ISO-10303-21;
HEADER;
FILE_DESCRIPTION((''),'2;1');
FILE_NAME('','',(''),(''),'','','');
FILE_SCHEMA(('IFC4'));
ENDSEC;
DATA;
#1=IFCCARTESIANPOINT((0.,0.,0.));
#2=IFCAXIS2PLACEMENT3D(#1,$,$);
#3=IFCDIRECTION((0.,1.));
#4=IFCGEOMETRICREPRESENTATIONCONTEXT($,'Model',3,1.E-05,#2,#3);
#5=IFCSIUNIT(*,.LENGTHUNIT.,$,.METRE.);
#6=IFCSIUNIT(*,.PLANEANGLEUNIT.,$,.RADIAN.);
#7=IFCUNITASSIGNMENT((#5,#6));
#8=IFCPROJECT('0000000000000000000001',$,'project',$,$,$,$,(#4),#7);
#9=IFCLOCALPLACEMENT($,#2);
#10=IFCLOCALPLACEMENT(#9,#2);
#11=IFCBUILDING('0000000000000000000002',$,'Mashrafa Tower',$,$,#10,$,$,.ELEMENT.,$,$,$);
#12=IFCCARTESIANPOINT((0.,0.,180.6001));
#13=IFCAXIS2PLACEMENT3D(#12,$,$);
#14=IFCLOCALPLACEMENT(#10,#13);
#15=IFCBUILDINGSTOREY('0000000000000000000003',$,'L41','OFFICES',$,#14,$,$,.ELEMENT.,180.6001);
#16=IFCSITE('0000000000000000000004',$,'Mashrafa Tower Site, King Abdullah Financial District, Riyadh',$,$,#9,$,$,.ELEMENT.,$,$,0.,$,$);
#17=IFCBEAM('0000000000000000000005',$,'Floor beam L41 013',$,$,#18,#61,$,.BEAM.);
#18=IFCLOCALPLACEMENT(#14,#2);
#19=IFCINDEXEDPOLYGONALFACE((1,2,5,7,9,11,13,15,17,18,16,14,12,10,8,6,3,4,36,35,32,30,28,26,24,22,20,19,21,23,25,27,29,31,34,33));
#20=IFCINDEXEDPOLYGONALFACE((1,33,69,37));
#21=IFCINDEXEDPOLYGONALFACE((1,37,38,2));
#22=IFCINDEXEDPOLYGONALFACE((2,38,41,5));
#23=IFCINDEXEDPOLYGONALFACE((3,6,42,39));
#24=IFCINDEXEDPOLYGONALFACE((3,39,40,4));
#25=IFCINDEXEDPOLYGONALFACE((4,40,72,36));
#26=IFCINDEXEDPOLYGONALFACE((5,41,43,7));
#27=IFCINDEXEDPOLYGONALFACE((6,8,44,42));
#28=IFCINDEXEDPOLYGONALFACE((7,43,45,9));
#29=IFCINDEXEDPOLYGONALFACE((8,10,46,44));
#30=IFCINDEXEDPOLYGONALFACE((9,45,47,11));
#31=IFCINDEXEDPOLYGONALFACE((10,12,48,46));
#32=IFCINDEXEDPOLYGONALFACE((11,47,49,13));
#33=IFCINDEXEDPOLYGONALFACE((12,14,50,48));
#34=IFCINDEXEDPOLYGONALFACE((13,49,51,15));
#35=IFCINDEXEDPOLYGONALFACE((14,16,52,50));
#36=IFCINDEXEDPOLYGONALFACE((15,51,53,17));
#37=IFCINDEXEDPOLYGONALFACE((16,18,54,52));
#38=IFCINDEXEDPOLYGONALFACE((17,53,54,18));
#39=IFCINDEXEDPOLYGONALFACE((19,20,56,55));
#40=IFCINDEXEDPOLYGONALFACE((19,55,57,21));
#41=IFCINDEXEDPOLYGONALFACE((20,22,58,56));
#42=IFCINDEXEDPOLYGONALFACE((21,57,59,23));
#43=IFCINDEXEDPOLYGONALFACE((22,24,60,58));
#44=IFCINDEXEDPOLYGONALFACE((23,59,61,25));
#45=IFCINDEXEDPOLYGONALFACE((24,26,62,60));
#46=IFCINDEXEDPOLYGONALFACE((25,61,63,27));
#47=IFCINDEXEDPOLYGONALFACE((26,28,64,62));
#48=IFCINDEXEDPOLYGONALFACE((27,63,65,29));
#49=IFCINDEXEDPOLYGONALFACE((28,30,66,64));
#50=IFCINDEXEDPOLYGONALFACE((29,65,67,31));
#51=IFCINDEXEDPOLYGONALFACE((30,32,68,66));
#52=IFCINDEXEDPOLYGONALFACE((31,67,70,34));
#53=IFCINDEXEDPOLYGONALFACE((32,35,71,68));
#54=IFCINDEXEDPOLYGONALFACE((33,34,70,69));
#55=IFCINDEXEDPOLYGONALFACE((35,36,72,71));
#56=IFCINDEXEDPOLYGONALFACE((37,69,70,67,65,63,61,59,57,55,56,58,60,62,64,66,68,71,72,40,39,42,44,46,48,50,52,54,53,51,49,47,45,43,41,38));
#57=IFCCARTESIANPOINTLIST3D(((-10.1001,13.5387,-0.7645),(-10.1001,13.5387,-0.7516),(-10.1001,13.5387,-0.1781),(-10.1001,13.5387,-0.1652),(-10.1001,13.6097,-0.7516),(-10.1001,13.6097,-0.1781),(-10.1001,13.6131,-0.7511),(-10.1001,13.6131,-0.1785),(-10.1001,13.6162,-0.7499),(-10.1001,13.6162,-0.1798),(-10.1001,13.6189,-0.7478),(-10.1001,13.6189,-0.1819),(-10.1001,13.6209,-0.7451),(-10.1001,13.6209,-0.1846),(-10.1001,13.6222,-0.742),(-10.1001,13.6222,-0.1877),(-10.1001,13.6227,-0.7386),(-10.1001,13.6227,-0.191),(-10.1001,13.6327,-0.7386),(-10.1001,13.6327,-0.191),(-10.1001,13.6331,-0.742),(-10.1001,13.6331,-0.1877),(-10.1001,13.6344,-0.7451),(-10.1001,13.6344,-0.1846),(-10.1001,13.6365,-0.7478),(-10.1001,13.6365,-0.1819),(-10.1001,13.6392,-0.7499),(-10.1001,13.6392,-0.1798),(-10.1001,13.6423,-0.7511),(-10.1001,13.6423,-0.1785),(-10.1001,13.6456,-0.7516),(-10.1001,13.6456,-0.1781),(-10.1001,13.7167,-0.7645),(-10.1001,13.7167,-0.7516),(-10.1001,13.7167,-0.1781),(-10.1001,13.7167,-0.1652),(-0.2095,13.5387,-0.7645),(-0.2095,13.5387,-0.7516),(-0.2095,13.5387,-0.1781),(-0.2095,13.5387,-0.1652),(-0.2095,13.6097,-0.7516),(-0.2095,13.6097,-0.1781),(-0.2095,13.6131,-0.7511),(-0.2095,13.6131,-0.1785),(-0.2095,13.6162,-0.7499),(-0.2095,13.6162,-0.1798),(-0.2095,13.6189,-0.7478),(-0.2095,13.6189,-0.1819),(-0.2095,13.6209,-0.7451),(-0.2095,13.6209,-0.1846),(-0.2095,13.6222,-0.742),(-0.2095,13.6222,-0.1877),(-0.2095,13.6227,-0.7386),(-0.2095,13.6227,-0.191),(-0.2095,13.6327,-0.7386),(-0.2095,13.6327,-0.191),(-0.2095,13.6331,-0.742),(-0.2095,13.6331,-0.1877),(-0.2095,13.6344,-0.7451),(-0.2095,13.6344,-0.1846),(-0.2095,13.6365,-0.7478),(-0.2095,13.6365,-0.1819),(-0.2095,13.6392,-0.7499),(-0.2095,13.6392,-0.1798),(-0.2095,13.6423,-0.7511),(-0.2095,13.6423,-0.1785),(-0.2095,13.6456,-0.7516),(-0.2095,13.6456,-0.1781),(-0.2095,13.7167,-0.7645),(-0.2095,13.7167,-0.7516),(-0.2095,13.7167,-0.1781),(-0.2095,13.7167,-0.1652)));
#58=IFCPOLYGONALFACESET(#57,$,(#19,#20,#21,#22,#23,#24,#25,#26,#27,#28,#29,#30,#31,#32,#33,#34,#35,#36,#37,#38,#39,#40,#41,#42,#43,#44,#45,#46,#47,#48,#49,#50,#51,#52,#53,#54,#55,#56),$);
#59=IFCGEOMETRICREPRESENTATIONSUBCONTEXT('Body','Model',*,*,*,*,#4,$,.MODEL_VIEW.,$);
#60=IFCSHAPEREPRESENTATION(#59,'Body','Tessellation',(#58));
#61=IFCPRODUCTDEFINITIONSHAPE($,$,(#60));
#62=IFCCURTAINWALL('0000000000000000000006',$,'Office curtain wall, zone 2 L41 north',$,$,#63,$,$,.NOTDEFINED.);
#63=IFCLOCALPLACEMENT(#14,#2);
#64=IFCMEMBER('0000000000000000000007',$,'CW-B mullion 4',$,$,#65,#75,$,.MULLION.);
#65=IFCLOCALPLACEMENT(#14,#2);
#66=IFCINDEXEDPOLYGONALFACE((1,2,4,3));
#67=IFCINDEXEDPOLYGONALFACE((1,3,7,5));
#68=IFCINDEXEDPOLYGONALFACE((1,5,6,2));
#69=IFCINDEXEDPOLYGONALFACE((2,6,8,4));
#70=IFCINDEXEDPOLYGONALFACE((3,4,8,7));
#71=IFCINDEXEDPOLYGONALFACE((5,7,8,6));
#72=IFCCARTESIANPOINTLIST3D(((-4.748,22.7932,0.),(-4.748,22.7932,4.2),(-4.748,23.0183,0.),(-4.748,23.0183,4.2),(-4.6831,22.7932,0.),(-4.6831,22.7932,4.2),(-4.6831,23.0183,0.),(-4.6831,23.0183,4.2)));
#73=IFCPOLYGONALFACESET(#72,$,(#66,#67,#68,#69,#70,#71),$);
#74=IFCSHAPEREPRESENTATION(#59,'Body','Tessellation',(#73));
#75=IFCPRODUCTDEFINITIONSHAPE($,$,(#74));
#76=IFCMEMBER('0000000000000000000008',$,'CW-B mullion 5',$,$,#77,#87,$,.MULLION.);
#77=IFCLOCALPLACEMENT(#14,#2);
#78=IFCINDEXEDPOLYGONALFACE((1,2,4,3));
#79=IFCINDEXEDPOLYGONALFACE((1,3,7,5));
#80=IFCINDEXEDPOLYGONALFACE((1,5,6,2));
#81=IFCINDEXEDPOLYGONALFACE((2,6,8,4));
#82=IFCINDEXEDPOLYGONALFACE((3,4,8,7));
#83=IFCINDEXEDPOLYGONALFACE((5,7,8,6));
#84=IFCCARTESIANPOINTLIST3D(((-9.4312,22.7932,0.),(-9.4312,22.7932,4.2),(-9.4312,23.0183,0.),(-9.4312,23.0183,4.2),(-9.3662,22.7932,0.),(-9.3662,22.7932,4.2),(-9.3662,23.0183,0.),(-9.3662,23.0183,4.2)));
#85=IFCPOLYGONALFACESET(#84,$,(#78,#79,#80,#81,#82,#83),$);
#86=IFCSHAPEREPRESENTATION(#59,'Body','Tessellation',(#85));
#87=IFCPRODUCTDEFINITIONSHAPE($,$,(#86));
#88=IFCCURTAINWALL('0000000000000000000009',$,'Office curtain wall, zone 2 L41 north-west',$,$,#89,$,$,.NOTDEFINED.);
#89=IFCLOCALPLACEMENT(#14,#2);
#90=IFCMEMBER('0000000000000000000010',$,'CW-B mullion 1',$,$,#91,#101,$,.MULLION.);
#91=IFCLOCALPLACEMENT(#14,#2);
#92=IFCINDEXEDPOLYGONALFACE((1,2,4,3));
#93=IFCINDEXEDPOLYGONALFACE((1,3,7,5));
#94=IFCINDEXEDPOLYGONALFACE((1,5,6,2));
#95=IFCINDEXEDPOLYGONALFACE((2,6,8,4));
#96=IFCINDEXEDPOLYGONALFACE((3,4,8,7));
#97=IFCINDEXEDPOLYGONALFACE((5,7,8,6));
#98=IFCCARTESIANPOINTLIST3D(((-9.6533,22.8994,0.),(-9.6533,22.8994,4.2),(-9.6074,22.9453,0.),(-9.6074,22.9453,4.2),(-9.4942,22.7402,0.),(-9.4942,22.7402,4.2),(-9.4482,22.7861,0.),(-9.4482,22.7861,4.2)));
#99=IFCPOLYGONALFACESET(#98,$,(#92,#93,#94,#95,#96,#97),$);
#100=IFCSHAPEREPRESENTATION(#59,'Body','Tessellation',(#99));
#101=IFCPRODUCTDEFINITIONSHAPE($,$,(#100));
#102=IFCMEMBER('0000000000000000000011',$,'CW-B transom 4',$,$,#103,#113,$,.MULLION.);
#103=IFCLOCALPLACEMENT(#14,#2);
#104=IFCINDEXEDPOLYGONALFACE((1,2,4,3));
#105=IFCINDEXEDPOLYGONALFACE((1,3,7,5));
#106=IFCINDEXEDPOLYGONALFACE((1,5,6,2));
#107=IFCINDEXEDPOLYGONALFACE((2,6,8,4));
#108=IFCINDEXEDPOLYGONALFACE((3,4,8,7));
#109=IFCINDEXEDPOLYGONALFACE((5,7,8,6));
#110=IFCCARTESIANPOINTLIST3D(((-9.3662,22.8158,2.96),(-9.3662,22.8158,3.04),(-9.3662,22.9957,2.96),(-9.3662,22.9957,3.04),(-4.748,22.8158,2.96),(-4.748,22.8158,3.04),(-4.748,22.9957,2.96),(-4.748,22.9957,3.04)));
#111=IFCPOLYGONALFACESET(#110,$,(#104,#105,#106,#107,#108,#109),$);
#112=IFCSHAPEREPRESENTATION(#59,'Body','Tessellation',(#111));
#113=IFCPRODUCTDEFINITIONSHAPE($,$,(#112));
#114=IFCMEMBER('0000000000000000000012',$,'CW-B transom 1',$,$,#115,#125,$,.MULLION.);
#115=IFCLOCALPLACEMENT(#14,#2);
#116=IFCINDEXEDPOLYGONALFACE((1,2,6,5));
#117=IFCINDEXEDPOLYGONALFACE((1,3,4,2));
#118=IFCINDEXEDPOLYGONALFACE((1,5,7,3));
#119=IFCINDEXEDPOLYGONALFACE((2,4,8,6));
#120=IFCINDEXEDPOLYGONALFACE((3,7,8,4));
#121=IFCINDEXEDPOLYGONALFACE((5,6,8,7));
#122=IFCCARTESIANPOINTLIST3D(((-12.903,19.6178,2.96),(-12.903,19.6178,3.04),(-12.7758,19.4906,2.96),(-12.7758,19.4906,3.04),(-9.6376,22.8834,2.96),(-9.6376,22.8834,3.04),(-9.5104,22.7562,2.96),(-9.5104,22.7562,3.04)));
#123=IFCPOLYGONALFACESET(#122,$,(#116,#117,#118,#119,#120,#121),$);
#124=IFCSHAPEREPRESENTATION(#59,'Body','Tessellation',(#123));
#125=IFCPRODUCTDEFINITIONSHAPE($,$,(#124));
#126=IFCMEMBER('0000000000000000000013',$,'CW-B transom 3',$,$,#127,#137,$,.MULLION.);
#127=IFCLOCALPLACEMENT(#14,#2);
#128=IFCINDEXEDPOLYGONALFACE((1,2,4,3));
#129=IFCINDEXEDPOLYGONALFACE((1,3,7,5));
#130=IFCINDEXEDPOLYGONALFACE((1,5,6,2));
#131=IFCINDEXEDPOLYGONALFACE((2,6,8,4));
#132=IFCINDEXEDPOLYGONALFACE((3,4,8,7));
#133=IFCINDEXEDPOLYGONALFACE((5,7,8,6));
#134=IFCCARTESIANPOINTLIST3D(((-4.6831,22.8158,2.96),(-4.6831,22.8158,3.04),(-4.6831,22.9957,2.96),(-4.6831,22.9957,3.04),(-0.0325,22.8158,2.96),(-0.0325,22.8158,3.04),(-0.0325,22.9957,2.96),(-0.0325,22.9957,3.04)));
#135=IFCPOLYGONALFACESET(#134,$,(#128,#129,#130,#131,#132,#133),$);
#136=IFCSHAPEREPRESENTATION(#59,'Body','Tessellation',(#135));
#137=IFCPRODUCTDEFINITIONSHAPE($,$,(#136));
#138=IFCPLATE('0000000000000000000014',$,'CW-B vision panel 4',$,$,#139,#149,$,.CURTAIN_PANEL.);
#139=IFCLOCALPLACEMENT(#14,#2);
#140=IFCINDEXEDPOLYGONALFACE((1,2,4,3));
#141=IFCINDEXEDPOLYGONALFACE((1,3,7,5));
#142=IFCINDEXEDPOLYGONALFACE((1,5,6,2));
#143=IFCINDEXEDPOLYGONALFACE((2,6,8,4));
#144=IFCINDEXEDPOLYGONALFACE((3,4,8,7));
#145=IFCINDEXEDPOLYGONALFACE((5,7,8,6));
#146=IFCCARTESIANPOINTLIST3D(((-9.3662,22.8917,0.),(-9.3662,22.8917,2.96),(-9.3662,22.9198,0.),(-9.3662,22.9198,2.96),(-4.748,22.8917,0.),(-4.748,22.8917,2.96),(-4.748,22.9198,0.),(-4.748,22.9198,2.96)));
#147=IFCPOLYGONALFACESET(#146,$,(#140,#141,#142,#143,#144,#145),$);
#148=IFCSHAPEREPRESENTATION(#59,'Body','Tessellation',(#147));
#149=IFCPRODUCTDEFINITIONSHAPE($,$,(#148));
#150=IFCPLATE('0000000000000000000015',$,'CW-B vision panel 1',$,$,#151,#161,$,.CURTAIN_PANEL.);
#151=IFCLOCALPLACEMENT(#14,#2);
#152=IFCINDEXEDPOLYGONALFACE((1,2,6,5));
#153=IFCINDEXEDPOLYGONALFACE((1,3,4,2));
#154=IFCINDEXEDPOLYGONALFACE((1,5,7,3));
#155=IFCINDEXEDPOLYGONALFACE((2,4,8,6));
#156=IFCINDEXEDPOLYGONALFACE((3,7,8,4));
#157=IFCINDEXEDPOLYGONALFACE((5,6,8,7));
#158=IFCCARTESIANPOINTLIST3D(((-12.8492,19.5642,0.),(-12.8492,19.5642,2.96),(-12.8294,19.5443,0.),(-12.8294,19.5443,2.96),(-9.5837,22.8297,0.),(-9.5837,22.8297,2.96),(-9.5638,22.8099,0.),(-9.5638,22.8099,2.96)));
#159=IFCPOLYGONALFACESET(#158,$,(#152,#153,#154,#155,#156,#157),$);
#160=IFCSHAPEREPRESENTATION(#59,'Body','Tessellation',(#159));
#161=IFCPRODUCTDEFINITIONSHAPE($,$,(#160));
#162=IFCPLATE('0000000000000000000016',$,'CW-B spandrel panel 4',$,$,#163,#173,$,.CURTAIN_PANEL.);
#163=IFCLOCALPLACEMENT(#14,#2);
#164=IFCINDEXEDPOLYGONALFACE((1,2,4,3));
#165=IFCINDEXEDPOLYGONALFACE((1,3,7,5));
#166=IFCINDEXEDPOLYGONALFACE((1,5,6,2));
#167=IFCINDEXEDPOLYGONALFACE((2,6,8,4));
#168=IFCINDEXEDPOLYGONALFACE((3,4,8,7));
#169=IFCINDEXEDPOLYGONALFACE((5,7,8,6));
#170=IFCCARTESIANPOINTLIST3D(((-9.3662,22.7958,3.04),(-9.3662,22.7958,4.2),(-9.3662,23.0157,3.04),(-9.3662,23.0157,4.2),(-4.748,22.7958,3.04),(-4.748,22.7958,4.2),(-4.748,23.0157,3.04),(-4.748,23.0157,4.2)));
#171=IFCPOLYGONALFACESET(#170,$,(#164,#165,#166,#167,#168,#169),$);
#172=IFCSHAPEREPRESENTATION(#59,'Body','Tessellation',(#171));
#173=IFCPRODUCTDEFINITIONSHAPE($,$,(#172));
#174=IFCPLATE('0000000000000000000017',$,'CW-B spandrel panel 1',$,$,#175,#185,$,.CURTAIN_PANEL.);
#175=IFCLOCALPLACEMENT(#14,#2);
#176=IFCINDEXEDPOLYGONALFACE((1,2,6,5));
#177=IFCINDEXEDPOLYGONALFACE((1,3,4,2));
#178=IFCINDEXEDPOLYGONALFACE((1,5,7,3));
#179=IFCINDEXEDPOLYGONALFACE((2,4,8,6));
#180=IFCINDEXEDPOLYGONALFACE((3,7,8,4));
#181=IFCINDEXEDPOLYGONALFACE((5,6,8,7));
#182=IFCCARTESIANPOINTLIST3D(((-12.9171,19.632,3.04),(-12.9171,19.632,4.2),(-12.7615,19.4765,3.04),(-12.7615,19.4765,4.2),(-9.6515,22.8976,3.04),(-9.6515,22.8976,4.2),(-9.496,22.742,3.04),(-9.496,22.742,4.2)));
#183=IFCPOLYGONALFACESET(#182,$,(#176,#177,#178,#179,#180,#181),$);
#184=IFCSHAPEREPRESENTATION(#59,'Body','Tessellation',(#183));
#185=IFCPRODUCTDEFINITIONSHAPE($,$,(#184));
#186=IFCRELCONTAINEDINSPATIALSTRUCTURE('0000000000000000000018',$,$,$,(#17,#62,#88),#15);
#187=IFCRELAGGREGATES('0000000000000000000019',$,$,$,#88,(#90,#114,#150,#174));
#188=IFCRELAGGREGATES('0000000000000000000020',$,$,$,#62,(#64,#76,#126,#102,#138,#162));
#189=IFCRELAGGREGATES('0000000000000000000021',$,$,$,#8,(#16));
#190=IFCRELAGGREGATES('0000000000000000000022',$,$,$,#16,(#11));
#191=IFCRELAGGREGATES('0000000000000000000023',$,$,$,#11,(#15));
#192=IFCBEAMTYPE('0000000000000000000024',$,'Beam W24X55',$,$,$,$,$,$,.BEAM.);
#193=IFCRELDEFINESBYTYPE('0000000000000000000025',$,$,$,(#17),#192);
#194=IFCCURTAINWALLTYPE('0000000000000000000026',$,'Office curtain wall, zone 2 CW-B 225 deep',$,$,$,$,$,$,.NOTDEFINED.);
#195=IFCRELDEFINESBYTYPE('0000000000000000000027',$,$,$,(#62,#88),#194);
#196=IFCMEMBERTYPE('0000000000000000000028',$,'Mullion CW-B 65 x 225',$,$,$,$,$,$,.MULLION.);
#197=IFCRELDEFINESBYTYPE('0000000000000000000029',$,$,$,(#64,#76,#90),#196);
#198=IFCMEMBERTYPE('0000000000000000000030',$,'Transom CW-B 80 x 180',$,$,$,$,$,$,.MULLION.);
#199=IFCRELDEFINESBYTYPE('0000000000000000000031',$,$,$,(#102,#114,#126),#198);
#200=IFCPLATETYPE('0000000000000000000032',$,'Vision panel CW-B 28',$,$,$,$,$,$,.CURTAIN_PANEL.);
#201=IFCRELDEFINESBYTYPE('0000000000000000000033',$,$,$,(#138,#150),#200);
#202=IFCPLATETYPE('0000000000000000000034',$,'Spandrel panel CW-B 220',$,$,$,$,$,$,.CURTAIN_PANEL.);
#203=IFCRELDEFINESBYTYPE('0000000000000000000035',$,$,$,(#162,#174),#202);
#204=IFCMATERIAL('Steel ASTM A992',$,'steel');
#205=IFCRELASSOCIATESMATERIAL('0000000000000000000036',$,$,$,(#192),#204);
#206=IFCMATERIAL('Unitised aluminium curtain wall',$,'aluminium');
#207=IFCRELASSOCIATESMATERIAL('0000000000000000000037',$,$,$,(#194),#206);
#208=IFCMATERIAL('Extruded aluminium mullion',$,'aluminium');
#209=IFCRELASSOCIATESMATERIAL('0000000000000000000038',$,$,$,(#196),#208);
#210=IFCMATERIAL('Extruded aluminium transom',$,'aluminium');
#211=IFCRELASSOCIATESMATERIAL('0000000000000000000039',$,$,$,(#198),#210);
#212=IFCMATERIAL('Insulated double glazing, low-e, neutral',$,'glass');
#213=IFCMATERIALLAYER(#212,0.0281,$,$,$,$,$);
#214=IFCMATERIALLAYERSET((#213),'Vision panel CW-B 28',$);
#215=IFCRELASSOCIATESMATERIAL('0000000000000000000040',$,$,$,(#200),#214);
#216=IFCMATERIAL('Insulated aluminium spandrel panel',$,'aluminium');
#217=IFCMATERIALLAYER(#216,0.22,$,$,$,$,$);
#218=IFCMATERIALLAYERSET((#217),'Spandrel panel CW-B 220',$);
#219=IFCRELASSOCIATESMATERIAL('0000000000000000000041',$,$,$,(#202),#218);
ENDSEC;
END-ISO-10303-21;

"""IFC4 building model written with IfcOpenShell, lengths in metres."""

from ifc_helpers import new_model, si_unit, direction, frame, origin, origin_2d, place, context, subcontext, project, spatial, rectangle, i_section, extrude, source, transform, mapped, material, layer, layer_set, material_profile, profile_set, type_object, type_shapes, element, aggregate, save


model = new_model("IFC4")

# Units and contexts
model_context = context("Model", 3, precision=1e-05, world=origin(), true_north=direction((0.0, 1.0)))
body_context = subcontext(model_context, "Body", "Model", "MODEL_VIEW")
ifc_project = project(units=[si_unit("LENGTHUNIT", "METRE"), si_unit("PLANEANGLEUNIT", "RADIAN")], contexts=[model_context])

# Site, building, storey
site_placement = place(None, origin())
site = spatial("IfcSite", under=ifc_project, at=site_placement, Name="Mashrafa Tower Site, King Abdullah Financial District, Riyadh", CompositionType="ELEMENT", RefElevation=0.0)
building_placement = place(site_placement, origin())
building = spatial("IfcBuilding", under=site, at=building_placement, Name="Mashrafa Tower", CompositionType="ELEMENT")
storey_placement = place(building_placement, frame((0.0, 0.0, 180.6001)))
storey = spatial("IfcBuildingStorey", under=building, at=storey_placement, Name="L41", Description="OFFICES", CompositionType="ELEMENT", Elevation=180.6001)

# Beam
ifc_material_1 = material(Name="Steel ASTM A992", Category="steel")
ifc_material_profile_1 = material_profile(ifc_material_1, i_section(OverallWidth=0.178, OverallDepth=0.5994, WebThickness=0.01, FlangeThickness=0.0129, FilletRadius=0.0129, at=origin_2d()), Name="W24X55")
ifc_profile_set_1 = profile_set([ifc_material_profile_1], Name="Steel ASTM A992")
beam_type_1 = type_object("IfcBeamType", Name="Beam W24X55", PredefinedType="BEAM", material=ifc_profile_set_1)
beam_1_placement = place(storey_placement, frame((-10.1001, 13.6277, -0.4648), z_axis=(1.0, 0.0, 0.0), x_axis=(0.0, 1.0, 0.0)))
element("IfcBeam", 1, at=beam_1_placement, inside=storey, type_object=beam_type_1, Name="Floor beam L41 013", PredefinedType="BEAM", context=body_context, shape_type="SweptSolid", body=[
    extrude(i_section(OverallWidth=0.178, OverallDepth=0.5994, WebThickness=0.01, FlangeThickness=0.0129, FilletRadius=0.0129, at=origin_2d()), origin(), (0.0, 0.0, 1.0), 9.8906),
])

# Curtain wall, members
ifc_material_2 = material(Name="Unitised aluminium curtain wall", Category="aluminium")
curtain_wall_type = type_object("IfcCurtainWallType", Name="Office curtain wall, zone 2 CW-B 225 deep", PredefinedType="NOTDEFINED", material=ifc_material_2)
curtain_wall_1_placement = place(storey_placement, origin())
curtain_wall_1 = element("IfcCurtainWall", 2, at=curtain_wall_1_placement, inside=storey, type_object=curtain_wall_type, Name="Office curtain wall, zone 2 L41 north", PredefinedType="NOTDEFINED")
ifc_material_3 = material(Name="Extruded aluminium mullion", Category="aluminium")
ifc_material_profile_2 = material_profile(ifc_material_3, rectangle(XDim=0.2251, YDim=0.0649, at=origin_2d()), Name="Mullion 65x225")
ifc_profile_set_2 = profile_set([ifc_material_profile_2], Name="Extruded aluminium mullion")
member_type_1 = type_object("IfcMemberType", Name="Mullion CW-B 65 x 225", PredefinedType="MULLION", material=ifc_profile_set_2)
shared_shape_1 = source(origin(), body_context, "Body", "SweptSolid", [
    extrude(rectangle(XDim=0.2251, YDim=0.0649, at=origin_2d()), origin(), (0.0, 0.0, 1.0), 4.2),
])
type_shapes(member_type_1, [shared_shape_1])
member_1_placement = place(storey_placement, frame((-4.7156, 22.9058, 0.0), z_axis=(0.0, 0.0, 1.0), x_axis=(0.0, -1.0, 0.0)))
member_1 = element("IfcMember", 3, at=member_1_placement, type_object=member_type_1, Name="CW-B mullion 4", PredefinedType="MULLION", context=body_context, shape_type="MappedRepresentation", body=[
    mapped(shared_shape_1, transform((0.0, 0.0, 0.0))),
])
member_2_placement = place(storey_placement, frame((-9.3987, 22.9058, 0.0), z_axis=(0.0, 0.0, 1.0), x_axis=(0.0, -1.0, 0.0)))
member_2 = element("IfcMember", 4, at=member_2_placement, type_object=member_type_1, Name="CW-B mullion 5", PredefinedType="MULLION", context=body_context, shape_type="MappedRepresentation", body=[
    mapped(shared_shape_1, transform((0.0, 0.0, 0.0))),
])

# Curtain wall, member
curtain_wall_2_placement = place(storey_placement, origin())
curtain_wall_2 = element("IfcCurtainWall", 5, at=curtain_wall_2_placement, inside=storey, type_object=curtain_wall_type, Name="Office curtain wall, zone 2 L41 north-west", PredefinedType="NOTDEFINED")
member_3_placement = place(storey_placement, frame((-9.5508, 22.8428, 0.0), z_axis=(0.0, 0.0, 1.0), x_axis=(0.707107, -0.707107, 0.0)))
member_3 = element("IfcMember", 6, at=member_3_placement, type_object=member_type_1, Name="CW-B mullion 1", PredefinedType="MULLION", context=body_context, shape_type="MappedRepresentation", body=[
    mapped(shared_shape_1, transform((0.0, 0.0, 0.0))),
])

# Members
ifc_material_4 = material(Name="Extruded aluminium transom", Category="aluminium")
ifc_material_profile_3 = material_profile(ifc_material_4, rectangle(XDim=0.1799, YDim=0.0801, at=origin_2d()), Name="Transom 80x180")
ifc_profile_set_3 = profile_set([ifc_material_profile_3], Name="Extruded aluminium transom")
member_type_2 = type_object("IfcMemberType", Name="Transom CW-B 80 x 180", PredefinedType="MULLION", material=ifc_profile_set_3)
shared_shape_2 = source(origin(), body_context, "Body", "SweptSolid", [
    extrude(rectangle(XDim=0.1799, YDim=0.0801, at=origin_2d()), origin(), (0.0, 0.0, 1.0), 4.6182),
])
member_4_placement = place(storey_placement, frame((-4.748, 22.9058, 3.0), z_axis=(-1.0, 0.0, 0.0), x_axis=(0.0, -1.0, 0.0)))
member_4 = element("IfcMember", 7, at=member_4_placement, type_object=member_type_2, Name="CW-B transom 4", PredefinedType="MULLION", context=body_context, shape_type="MappedRepresentation", body=[
    mapped(shared_shape_2, transform((0.0, 0.0, 0.0))),
])
member_5_placement = place(storey_placement, frame((-9.574, 22.8198, 3.0), z_axis=(-0.70708, -0.707133, 0.0), x_axis=(0.707133, -0.70708, 0.0)))
member_5 = element("IfcMember", 8, at=member_5_placement, type_object=member_type_2, Name="CW-B transom 1", PredefinedType="MULLION", context=body_context, shape_type="MappedRepresentation", body=[
    mapped(shared_shape_2, transform((0.0, 0.0, 0.0))),
])
shared_shape_3 = source(origin(), body_context, "Body", "SweptSolid", [
    extrude(rectangle(XDim=0.1799, YDim=0.0801, at=origin_2d()), origin(), (0.0, 0.0, 1.0), 4.6506),
])
type_shapes(member_type_2, [shared_shape_2, shared_shape_3])
member_6_placement = place(storey_placement, frame((-0.0325, 22.9058, 3.0), z_axis=(-1.0, 0.0, 0.0), x_axis=(0.0, -1.0, 0.0)))
member_6 = element("IfcMember", 9, at=member_6_placement, type_object=member_type_2, Name="CW-B transom 3", PredefinedType="MULLION", context=body_context, shape_type="MappedRepresentation", body=[
    mapped(shared_shape_3, transform((0.0, 0.0, 0.0))),
])

# Plates
ifc_material_5 = material(Name="Insulated double glazing, low-e, neutral", Category="glass")
ifc_layer_1 = layer(ifc_material_5, 0.0281)
ifc_layer_set_1 = layer_set([ifc_layer_1], Name="Vision panel CW-B 28")
plate_type_1 = type_object("IfcPlateType", Name="Vision panel CW-B 28", PredefinedType="CURTAIN_PANEL", material=ifc_layer_set_1)
shared_shape_4 = source(origin(), body_context, "Body", "SweptSolid", [
    extrude(rectangle(XDim=4.6182, YDim=0.0281, at=origin_2d()), origin(), (0.0, 0.0, 1.0), 2.96),
])
plate_1_placement = place(storey_placement, frame((-7.0571, 22.9058, 0.0), z_axis=(0.0, 0.0, 1.0), x_axis=(-1.0, 0.0, 0.0)))
plate_1 = element("IfcPlate", 10, at=plate_1_placement, type_object=plate_type_1, Name="CW-B vision panel 4", PredefinedType="CURTAIN_PANEL", context=body_context, shape_type="MappedRepresentation", body=[
    mapped(shared_shape_4, transform((0.0, 0.0, 0.0))),
])
plate_2_placement = place(storey_placement, frame((-11.2065, 21.187, 0.0), z_axis=(0.0, 0.0, 1.0), x_axis=(-0.707107, -0.707107, 0.0)))
plate_2 = element("IfcPlate", 11, at=plate_2_placement, type_object=plate_type_1, Name="CW-B vision panel 1", PredefinedType="CURTAIN_PANEL", context=body_context, shape_type="MappedRepresentation", body=[
    mapped(shared_shape_4, transform((0.0, 0.0, 0.0))),
])
ifc_material_6 = material(Name="Insulated aluminium spandrel panel", Category="aluminium")
ifc_layer_2 = layer(ifc_material_6, 0.22)
ifc_layer_set_2 = layer_set([ifc_layer_2], Name="Spandrel panel CW-B 220")
plate_type_2 = type_object("IfcPlateType", Name="Spandrel panel CW-B 220", PredefinedType="CURTAIN_PANEL", material=ifc_layer_set_2)
shared_shape_5 = source(origin(), body_context, "Body", "SweptSolid", [
    extrude(rectangle(XDim=4.6182, YDim=0.22, at=origin_2d()), origin(), (0.0, 0.0, 1.0), 1.1599),
])
plate_3_placement = place(storey_placement, frame((-7.0571, 22.9058, 3.04), z_axis=(0.0, 0.0, 1.0), x_axis=(-1.0, 0.0, 0.0)))
plate_3 = element("IfcPlate", 12, at=plate_3_placement, type_object=plate_type_2, Name="CW-B spandrel panel 4", PredefinedType="CURTAIN_PANEL", context=body_context, shape_type="MappedRepresentation", body=[
    mapped(shared_shape_5, transform((0.0, 0.0, 0.0))),
])
plate_4_placement = place(storey_placement, frame((-11.2065, 21.187, 3.04), z_axis=(0.0, 0.0, 1.0), x_axis=(-0.707107, -0.707107, 0.0)))
plate_4 = element("IfcPlate", 13, at=plate_4_placement, type_object=plate_type_2, Name="CW-B spandrel panel 1", PredefinedType="CURTAIN_PANEL", context=body_context, shape_type="MappedRepresentation", body=[
    mapped(shared_shape_5, transform((0.0, 0.0, 0.0))),
])
aggregate(curtain_wall_2, [member_3, member_5, plate_2, plate_4])
aggregate(curtain_wall_1, [member_1, member_2, member_6, member_4, plate_1, plate_3])

save(model, "model.ifc")
